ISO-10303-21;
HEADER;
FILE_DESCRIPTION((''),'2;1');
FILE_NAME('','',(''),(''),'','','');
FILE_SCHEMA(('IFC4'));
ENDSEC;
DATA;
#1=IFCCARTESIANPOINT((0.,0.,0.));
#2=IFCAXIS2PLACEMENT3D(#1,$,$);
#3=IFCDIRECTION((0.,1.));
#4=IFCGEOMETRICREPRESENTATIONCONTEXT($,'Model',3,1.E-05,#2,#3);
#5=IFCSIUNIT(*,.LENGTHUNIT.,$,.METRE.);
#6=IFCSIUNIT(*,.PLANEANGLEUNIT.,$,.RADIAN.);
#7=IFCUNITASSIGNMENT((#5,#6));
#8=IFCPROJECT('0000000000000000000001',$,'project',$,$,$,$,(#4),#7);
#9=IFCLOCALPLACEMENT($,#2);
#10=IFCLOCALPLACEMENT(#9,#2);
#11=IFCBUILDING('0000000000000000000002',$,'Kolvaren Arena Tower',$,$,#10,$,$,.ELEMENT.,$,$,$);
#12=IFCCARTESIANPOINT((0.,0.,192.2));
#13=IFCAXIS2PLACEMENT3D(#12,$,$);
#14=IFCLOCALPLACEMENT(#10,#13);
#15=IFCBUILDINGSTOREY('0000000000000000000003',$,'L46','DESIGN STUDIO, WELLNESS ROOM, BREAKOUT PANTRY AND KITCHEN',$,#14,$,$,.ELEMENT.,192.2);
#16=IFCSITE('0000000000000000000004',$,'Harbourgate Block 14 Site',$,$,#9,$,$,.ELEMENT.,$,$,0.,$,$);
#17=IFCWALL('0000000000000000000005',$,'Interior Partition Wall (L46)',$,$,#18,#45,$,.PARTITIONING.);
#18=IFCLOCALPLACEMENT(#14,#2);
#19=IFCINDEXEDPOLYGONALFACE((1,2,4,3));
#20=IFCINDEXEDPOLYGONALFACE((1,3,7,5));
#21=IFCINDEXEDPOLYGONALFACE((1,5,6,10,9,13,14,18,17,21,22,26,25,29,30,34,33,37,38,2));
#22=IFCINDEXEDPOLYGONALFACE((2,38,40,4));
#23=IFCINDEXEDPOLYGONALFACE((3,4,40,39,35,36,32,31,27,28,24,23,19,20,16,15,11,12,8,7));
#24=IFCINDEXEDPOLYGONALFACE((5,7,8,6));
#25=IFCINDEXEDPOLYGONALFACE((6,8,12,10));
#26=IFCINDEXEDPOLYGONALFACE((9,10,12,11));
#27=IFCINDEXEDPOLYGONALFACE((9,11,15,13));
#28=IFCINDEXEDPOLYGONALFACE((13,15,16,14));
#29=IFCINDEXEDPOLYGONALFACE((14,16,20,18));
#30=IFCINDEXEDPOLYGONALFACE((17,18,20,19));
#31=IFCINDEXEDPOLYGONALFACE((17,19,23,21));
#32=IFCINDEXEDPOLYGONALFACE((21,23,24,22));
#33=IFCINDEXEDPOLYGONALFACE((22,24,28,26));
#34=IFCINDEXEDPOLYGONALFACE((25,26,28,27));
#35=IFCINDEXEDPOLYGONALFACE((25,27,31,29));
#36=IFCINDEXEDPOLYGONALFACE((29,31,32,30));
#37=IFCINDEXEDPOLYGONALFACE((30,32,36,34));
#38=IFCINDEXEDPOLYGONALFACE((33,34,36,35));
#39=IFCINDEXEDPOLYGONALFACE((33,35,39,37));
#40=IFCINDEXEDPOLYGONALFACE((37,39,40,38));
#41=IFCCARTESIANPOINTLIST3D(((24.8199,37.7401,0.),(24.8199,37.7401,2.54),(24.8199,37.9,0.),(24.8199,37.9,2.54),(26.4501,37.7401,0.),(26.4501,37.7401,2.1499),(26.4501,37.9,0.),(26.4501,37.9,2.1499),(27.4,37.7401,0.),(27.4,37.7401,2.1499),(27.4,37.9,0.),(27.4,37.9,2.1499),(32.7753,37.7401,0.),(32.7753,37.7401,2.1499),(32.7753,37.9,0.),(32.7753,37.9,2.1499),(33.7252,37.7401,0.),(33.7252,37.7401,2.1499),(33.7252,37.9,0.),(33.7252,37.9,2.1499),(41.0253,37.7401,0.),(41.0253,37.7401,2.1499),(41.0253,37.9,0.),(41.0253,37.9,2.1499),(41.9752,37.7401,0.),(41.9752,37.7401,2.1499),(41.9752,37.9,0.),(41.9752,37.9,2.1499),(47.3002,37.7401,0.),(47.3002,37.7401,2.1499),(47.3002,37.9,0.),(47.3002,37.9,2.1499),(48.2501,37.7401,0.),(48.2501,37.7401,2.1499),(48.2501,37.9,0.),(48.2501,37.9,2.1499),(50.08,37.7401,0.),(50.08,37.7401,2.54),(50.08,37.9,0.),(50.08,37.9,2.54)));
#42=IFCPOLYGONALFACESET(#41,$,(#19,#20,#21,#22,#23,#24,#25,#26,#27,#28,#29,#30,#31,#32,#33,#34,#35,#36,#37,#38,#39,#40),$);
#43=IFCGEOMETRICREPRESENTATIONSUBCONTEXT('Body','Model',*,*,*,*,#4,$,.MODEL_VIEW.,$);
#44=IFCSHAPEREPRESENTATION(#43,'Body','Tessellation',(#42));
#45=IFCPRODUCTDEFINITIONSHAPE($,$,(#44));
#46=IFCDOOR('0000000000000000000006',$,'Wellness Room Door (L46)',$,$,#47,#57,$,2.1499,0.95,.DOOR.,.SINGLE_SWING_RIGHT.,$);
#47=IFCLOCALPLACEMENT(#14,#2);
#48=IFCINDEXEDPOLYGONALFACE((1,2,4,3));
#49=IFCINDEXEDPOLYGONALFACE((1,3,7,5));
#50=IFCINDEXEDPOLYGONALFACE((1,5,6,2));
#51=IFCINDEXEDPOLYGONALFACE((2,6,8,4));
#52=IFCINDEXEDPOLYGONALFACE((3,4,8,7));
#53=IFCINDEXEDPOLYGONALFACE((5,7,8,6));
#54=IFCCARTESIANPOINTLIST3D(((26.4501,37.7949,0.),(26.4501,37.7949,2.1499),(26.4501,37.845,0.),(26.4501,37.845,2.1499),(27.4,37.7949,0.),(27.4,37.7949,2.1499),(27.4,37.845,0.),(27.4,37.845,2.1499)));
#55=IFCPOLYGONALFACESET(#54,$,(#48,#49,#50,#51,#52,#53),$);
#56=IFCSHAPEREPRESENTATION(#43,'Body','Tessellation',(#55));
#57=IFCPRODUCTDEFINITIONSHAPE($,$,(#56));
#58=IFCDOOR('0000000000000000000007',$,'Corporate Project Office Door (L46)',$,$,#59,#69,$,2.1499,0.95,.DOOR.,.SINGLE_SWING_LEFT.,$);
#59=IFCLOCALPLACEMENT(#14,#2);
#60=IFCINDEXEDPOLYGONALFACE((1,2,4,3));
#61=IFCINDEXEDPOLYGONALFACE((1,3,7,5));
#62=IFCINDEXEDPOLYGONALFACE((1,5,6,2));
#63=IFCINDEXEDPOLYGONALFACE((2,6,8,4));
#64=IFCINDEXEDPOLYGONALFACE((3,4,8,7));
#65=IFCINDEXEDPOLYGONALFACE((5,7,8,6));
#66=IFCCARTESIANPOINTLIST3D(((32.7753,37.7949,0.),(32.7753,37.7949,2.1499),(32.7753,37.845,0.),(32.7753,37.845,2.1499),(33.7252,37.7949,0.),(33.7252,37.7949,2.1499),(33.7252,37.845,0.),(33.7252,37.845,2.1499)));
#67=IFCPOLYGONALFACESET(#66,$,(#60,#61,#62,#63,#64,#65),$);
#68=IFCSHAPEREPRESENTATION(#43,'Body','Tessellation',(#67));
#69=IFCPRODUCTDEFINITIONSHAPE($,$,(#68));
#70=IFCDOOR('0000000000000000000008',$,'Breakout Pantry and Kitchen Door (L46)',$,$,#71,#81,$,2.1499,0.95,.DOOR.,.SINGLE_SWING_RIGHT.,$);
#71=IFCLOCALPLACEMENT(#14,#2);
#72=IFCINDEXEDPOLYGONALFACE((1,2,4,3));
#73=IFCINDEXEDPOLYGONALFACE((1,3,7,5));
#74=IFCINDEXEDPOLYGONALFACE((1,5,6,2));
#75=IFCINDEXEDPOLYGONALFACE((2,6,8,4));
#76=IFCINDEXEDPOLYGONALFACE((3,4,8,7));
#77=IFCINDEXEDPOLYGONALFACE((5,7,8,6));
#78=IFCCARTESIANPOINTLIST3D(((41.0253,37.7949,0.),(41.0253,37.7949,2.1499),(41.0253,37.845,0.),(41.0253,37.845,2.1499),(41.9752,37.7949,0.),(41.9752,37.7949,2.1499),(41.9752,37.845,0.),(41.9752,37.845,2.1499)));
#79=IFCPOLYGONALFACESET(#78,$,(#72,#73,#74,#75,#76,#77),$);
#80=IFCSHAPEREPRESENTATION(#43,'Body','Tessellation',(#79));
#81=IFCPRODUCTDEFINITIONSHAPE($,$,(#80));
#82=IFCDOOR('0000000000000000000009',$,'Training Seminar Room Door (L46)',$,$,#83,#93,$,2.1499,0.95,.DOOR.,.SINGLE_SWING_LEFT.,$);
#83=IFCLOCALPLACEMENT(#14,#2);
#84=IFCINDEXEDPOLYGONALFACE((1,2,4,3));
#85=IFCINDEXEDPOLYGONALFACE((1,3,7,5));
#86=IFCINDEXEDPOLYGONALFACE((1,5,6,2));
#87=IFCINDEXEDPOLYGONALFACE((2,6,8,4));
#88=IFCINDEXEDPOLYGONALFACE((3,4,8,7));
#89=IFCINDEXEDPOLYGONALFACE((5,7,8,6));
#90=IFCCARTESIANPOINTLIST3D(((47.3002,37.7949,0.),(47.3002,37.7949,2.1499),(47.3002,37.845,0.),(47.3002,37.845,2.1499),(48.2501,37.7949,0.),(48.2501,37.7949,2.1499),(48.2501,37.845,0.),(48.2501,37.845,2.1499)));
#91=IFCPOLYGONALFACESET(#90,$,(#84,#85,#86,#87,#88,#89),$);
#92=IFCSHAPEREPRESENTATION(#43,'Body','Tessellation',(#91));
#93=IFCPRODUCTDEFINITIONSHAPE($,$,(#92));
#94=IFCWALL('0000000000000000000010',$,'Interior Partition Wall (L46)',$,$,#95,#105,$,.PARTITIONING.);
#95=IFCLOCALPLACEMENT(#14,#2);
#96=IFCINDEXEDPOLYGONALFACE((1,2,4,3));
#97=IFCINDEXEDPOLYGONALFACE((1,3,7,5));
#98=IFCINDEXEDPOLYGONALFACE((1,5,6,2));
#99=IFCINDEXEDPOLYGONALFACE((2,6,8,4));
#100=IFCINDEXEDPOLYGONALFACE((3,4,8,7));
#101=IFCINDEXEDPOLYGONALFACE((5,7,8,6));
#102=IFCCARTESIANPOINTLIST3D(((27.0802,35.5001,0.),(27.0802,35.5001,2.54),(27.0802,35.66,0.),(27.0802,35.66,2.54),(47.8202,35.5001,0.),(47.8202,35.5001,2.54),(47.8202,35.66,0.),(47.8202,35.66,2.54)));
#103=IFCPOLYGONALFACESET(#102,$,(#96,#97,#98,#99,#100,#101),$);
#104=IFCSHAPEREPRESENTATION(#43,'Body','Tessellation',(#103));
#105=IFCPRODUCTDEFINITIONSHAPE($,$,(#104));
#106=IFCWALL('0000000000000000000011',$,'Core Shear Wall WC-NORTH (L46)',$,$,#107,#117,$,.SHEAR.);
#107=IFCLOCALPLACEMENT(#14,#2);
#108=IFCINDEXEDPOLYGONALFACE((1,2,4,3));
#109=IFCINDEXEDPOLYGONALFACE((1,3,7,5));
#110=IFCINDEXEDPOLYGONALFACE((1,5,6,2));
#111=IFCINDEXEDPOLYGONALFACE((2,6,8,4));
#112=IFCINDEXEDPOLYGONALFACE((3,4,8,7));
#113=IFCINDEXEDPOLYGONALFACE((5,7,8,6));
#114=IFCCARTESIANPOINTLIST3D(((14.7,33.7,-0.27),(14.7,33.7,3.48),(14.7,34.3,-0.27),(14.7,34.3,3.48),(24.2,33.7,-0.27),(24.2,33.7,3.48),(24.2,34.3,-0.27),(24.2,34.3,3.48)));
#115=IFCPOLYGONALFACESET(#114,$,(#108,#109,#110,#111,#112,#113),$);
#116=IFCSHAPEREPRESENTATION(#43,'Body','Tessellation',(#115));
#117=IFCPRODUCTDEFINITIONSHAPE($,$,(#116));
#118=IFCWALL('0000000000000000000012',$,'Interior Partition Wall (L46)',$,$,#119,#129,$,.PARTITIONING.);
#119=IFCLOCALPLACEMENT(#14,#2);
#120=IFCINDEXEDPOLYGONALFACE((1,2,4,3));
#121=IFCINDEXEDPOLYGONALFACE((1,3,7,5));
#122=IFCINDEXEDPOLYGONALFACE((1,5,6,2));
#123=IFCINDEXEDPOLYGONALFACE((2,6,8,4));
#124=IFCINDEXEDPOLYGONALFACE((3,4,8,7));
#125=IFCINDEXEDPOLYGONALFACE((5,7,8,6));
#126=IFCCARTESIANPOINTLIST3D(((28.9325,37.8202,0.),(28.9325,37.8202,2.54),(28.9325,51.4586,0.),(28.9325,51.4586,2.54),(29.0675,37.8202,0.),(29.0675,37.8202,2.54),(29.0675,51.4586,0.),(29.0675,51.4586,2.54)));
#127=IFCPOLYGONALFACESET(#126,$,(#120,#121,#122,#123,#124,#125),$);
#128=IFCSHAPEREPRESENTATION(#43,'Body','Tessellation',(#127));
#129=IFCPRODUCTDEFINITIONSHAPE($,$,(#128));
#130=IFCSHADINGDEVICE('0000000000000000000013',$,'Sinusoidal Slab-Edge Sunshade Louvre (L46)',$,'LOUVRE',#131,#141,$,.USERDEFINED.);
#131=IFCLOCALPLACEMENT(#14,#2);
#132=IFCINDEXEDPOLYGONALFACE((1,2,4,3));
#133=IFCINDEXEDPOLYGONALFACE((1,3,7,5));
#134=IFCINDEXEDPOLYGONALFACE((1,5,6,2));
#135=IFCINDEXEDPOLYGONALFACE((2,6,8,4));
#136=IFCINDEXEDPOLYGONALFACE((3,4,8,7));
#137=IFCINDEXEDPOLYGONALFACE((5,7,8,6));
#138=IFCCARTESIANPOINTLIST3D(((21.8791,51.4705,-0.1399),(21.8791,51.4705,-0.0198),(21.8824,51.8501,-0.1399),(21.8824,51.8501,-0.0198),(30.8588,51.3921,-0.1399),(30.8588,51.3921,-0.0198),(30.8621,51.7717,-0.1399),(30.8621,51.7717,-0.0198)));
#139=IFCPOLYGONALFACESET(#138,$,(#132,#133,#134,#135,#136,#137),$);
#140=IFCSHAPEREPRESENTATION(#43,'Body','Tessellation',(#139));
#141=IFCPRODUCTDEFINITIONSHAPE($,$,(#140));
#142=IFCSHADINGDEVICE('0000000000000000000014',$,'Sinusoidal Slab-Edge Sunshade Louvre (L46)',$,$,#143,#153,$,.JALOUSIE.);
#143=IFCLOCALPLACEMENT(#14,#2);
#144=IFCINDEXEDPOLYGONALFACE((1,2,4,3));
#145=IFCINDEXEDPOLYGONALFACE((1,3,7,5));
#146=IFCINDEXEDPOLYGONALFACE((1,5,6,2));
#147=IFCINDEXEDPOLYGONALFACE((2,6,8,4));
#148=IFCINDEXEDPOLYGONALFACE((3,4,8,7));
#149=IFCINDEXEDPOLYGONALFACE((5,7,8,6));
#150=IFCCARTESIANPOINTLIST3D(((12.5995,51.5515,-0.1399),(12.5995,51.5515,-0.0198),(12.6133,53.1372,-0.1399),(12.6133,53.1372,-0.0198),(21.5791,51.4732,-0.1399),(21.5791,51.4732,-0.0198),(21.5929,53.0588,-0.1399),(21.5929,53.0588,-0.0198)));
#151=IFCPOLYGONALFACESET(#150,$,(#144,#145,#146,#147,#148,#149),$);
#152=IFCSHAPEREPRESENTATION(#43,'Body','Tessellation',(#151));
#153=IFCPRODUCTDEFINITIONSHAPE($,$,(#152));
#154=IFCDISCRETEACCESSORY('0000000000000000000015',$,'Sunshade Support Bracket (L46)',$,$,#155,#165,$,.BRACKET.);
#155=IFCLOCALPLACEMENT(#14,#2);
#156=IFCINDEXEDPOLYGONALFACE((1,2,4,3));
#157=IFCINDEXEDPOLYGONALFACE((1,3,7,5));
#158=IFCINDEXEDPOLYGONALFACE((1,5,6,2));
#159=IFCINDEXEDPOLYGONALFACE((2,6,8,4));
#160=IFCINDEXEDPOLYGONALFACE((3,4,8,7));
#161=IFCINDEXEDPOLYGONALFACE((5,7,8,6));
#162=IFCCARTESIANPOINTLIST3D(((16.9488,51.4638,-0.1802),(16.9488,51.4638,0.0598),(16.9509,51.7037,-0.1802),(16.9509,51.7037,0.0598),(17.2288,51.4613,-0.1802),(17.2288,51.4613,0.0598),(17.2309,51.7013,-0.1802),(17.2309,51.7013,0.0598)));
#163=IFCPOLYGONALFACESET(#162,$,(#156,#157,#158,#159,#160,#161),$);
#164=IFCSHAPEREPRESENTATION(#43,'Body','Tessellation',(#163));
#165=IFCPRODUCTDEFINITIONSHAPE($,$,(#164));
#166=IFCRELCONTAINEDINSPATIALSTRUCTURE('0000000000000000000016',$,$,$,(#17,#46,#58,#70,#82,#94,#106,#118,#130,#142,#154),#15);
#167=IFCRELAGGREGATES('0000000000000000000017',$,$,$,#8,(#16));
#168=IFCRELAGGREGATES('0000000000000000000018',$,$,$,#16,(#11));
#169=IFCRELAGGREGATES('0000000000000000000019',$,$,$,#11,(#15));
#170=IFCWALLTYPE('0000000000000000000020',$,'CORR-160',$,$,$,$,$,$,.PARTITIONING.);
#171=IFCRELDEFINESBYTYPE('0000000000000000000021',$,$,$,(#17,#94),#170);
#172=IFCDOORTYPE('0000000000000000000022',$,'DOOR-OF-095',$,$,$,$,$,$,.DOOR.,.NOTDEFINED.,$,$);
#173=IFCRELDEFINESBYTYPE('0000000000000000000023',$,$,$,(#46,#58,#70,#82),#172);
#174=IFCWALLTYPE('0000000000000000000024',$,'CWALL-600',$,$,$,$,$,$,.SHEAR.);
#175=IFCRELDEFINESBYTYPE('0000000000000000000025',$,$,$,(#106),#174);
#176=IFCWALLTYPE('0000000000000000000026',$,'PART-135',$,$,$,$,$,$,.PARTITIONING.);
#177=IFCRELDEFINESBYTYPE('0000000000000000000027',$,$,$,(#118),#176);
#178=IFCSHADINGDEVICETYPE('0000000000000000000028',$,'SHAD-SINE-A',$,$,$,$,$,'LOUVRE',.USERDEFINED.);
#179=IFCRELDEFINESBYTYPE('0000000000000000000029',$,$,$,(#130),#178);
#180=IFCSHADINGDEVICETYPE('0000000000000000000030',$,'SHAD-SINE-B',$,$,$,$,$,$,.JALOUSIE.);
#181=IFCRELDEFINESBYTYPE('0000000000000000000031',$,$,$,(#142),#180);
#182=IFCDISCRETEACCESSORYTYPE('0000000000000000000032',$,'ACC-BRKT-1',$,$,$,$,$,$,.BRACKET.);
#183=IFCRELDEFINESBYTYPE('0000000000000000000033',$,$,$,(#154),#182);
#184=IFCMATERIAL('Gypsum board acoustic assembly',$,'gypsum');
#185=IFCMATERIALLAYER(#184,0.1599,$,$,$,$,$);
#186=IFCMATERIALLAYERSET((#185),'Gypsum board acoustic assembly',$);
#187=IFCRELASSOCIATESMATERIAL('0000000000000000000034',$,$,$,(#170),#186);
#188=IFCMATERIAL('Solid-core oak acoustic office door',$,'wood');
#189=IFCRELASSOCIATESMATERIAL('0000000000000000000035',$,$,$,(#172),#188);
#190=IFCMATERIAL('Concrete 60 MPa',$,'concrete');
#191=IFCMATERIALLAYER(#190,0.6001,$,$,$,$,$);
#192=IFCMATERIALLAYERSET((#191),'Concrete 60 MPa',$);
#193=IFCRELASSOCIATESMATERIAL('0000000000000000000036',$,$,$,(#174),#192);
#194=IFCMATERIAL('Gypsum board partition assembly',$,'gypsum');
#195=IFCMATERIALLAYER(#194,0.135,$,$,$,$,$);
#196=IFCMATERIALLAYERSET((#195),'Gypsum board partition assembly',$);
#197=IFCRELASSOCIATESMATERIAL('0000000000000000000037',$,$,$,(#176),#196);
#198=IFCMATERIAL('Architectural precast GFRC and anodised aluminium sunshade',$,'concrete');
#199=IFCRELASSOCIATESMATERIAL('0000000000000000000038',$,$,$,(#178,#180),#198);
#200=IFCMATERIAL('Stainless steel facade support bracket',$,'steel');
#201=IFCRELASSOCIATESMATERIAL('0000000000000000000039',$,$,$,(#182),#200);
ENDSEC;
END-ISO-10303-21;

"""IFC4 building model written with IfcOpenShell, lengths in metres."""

from ifc_helpers import new_model, si_unit, direction, frame, frame_2d, origin, origin_2d, place, context, subcontext, project, spatial, rectangle, extrude, material, layer, layer_set, type_object, element, fill, save


model = new_model("IFC4")

# Units and contexts
model_context = context("Model", 3, precision=1e-05, world=origin(), true_north=direction((0.0, 1.0)))
body_context = subcontext(model_context, "Body", "Model", "MODEL_VIEW")
ifc_project = project(units=[si_unit("LENGTHUNIT", "METRE"), si_unit("PLANEANGLEUNIT", "RADIAN")], contexts=[model_context])

# Site, building, storey
site_placement = place(None, origin())
site = spatial("IfcSite", under=ifc_project, at=site_placement, Name="Harbourgate Block 14 Site", CompositionType="ELEMENT", RefElevation=0.0)
building_placement = place(site_placement, origin())
building = spatial("IfcBuilding", under=site, at=building_placement, Name="Kolvaren Arena Tower", CompositionType="ELEMENT")
storey_placement = place(building_placement, frame((0.0, 0.0, 192.2)))
storey = spatial("IfcBuildingStorey", under=building, at=storey_placement, Name="L46", Description="DESIGN STUDIO, WELLNESS ROOM, BREAKOUT PANTRY AND KITCHEN", CompositionType="ELEMENT", Elevation=192.2)

# Shared definitions
ifc_material_1 = material(Name="Gypsum board acoustic assembly", Category="gypsum")
ifc_layer_1 = layer(ifc_material_1, 0.1599)
ifc_layer_set_1 = layer_set([ifc_layer_1], Name="Gypsum board acoustic assembly")
wall_type_1 = type_object("IfcWallType", Name="CORR-160", PredefinedType="PARTITIONING", material=ifc_layer_set_1)

# Wall, openings, doors
wall_1_placement = place(storey_placement, frame((24.8201, 37.8201, 0.0), z_axis=(0.0, 0.0, 1.0), x_axis=(1.0, 0.0, 0.0)))
wall_1 = element("IfcWall", 1, at=wall_1_placement, inside=storey, type_object=wall_type_1, Name="Interior Partition Wall (L46)", PredefinedType="PARTITIONING", context=body_context, shape_type="SweptSolid", body=[
    extrude(rectangle(XDim=25.26, YDim=0.1599, at=frame_2d((12.6299, 0.0))), origin(), (0.0, 0.0, 1.0), 2.54),
])
opening_1_placement = place(wall_1_placement, frame((1.6299, 0.0, 0.0)))
opening_1 = element("IfcOpeningElement", 2, at=opening_1_placement, cuts=wall_1, PredefinedType="OPENING", context=body_context, shape_type="SweptSolid", body=[
    extrude(rectangle(XDim=0.95, YDim=2.1499, at=frame_2d((0.4751, 1.075))), frame((0.0, 0.0898, 0.0), z_axis=(0.0, -1.0, 0.0), x_axis=(1.0, 0.0, 0.0)), (0.0, 0.0, 1.0), 0.1799),
])
opening_2_placement = place(wall_1_placement, frame((7.9551, 0.0, 0.0)))
opening_2 = element("IfcOpeningElement", 3, at=opening_2_placement, cuts=wall_1, PredefinedType="OPENING", context=body_context, shape_type="SweptSolid", body=[
    extrude(rectangle(XDim=0.95, YDim=2.1499, at=frame_2d((0.4751, 1.075))), frame((0.0, 0.0898, 0.0), z_axis=(0.0, -1.0, 0.0), x_axis=(1.0, 0.0, 0.0)), (0.0, 0.0, 1.0), 0.1799),
])
opening_3_placement = place(wall_1_placement, frame((16.2051, 0.0, 0.0)))
opening_3 = element("IfcOpeningElement", 4, at=opening_3_placement, cuts=wall_1, PredefinedType="OPENING", context=body_context, shape_type="SweptSolid", body=[
    extrude(rectangle(XDim=0.95, YDim=2.1499, at=frame_2d((0.4751, 1.075))), frame((0.0, 0.0898, 0.0), z_axis=(0.0, -1.0, 0.0), x_axis=(1.0, 0.0, 0.0)), (0.0, 0.0, 1.0), 0.1799),
])
opening_4_placement = place(wall_1_placement, frame((22.48, 0.0, 0.0)))
opening_4 = element("IfcOpeningElement", 5, at=opening_4_placement, cuts=wall_1, PredefinedType="OPENING", context=body_context, shape_type="SweptSolid", body=[
    extrude(rectangle(XDim=0.95, YDim=2.1499, at=frame_2d((0.4751, 1.075))), frame((0.0, 0.0898, 0.0), z_axis=(0.0, -1.0, 0.0), x_axis=(1.0, 0.0, 0.0)), (0.0, 0.0, 1.0), 0.1799),
])
ifc_material_2 = material(Name="Solid-core oak acoustic office door", Category="wood")
door_type = type_object("IfcDoorType", Name="DOOR-OF-095", OperationType="NOTDEFINED", PredefinedType="DOOR", material=ifc_material_2)
door_1_placement = place(opening_1_placement, origin())
door_1 = element("IfcDoor", 6, at=door_1_placement, inside=storey, type_object=door_type, Name="Wellness Room Door (L46)", OperationType="SINGLE_SWING_RIGHT", OverallHeight=2.1499, OverallWidth=0.95, PredefinedType="DOOR", context=body_context, shape_type="SweptSolid", body=[
    extrude(rectangle(XDim=0.95, YDim=2.1499, at=frame_2d((0.4751, 1.075))), frame((0.0, 0.0249, 0.0), z_axis=(0.0, -1.0, 0.0), x_axis=(1.0, 0.0, 0.0)), (0.0, 0.0, 1.0), 0.05),
])
fill(opening_1, door_1)
door_2_placement = place(opening_2_placement, origin())
door_2 = element("IfcDoor", 7, at=door_2_placement, inside=storey, type_object=door_type, Name="Corporate Project Office Door (L46)", OperationType="SINGLE_SWING_LEFT", OverallHeight=2.1499, OverallWidth=0.95, PredefinedType="DOOR", context=body_context, shape_type="SweptSolid", body=[
    extrude(rectangle(XDim=0.95, YDim=2.1499, at=frame_2d((0.4751, 1.075))), frame((0.0, 0.0249, 0.0), z_axis=(0.0, -1.0, 0.0), x_axis=(1.0, 0.0, 0.0)), (0.0, 0.0, 1.0), 0.05),
])
fill(opening_2, door_2)
door_3_placement = place(opening_3_placement, origin())
door_3 = element("IfcDoor", 8, at=door_3_placement, inside=storey, type_object=door_type, Name="Breakout Pantry and Kitchen Door (L46)", OperationType="SINGLE_SWING_RIGHT", OverallHeight=2.1499, OverallWidth=0.95, PredefinedType="DOOR", context=body_context, shape_type="SweptSolid", body=[
    extrude(rectangle(XDim=0.95, YDim=2.1499, at=frame_2d((0.4751, 1.075))), frame((0.0, 0.0249, 0.0), z_axis=(0.0, -1.0, 0.0), x_axis=(1.0, 0.0, 0.0)), (0.0, 0.0, 1.0), 0.05),
])
fill(opening_3, door_3)
door_4_placement = place(opening_4_placement, origin())
door_4 = element("IfcDoor", 9, at=door_4_placement, inside=storey, type_object=door_type, Name="Training Seminar Room Door (L46)", OperationType="SINGLE_SWING_LEFT", OverallHeight=2.1499, OverallWidth=0.95, PredefinedType="DOOR", context=body_context, shape_type="SweptSolid", body=[
    extrude(rectangle(XDim=0.95, YDim=2.1499, at=frame_2d((0.4751, 1.075))), frame((0.0, 0.0249, 0.0), z_axis=(0.0, -1.0, 0.0), x_axis=(1.0, 0.0, 0.0)), (0.0, 0.0, 1.0), 0.05),
])
fill(opening_4, door_4)

# Walls
wall_2_placement = place(storey_placement, frame((27.0801, 35.5801, 0.0), z_axis=(0.0, 0.0, 1.0), x_axis=(1.0, 0.0, 0.0)))
element("IfcWall", 10, at=wall_2_placement, inside=storey, type_object=wall_type_1, Name="Interior Partition Wall (L46)", PredefinedType="PARTITIONING", context=body_context, shape_type="SweptSolid", body=[
    extrude(rectangle(XDim=20.74, YDim=0.1599, at=frame_2d((10.3701, 0.0))), origin(), (0.0, 0.0, 1.0), 2.54),
])
ifc_material_3 = material(Name="Concrete 60 MPa", Category="concrete")
ifc_layer_2 = layer(ifc_material_3, 0.6001)
ifc_layer_set_2 = layer_set([ifc_layer_2], Name="Concrete 60 MPa")
wall_type_2 = type_object("IfcWallType", Name="CWALL-600", PredefinedType="SHEAR", material=ifc_layer_set_2)
wall_3_placement = place(storey_placement, frame((14.7, 34.0, -0.27), z_axis=(0.0, 0.0, 1.0), x_axis=(1.0, 0.0, 0.0)))
element("IfcWall", 11, at=wall_3_placement, inside=storey, type_object=wall_type_2, Name="Core Shear Wall WC-NORTH (L46)", PredefinedType="SHEAR", context=body_context, shape_type="SweptSolid", body=[
    extrude(rectangle(XDim=9.5, YDim=0.6001, at=frame_2d((4.75, 0.0))), origin(), (0.0, 0.0, 1.0), 3.75),
])
ifc_material_4 = material(Name="Gypsum board partition assembly", Category="gypsum")
ifc_layer_3 = layer(ifc_material_4, 0.135)
ifc_layer_set_3 = layer_set([ifc_layer_3], Name="Gypsum board partition assembly")
wall_type_3 = type_object("IfcWallType", Name="PART-135", PredefinedType="PARTITIONING", material=ifc_layer_set_3)
wall_4_placement = place(storey_placement, frame((29.0, 37.8201, 0.0), z_axis=(0.0, 0.0, 1.0), x_axis=(0.0, 1.0, 0.0)))
element("IfcWall", 12, at=wall_4_placement, inside=storey, type_object=wall_type_3, Name="Interior Partition Wall (L46)", PredefinedType="PARTITIONING", context=body_context, shape_type="SweptSolid", body=[
    extrude(rectangle(XDim=13.6384, YDim=0.135, at=frame_2d((6.8193, 0.0))), origin(), (0.0, 0.0, 1.0), 2.54),
])

# Shading devices
ifc_material_5 = material(Name="Architectural precast GFRC and anodised aluminium sunshade", Category="concrete")
shading_device_type_1 = type_object("IfcShadingDeviceType", Name="SHAD-SINE-A", ElementType="LOUVRE", PredefinedType="USERDEFINED", material=ifc_material_5)
shading_device_1_placement = place(storey_placement, frame((26.3706, 51.6211, -0.1399), z_axis=(0.0, 0.0, 1.0), x_axis=(0.999962, -0.008727, 0.0)))
element("IfcShadingDevice", 13, at=shading_device_1_placement, inside=storey, type_object=shading_device_type_1, Name="Sinusoidal Slab-Edge Sunshade Louvre (L46)", ObjectType="LOUVRE", PredefinedType="USERDEFINED", context=body_context, shape_type="SweptSolid", body=[
    extrude(rectangle(XDim=8.98, YDim=0.3796, at=origin_2d()), origin(), (0.0, 0.0, 1.0), 0.1201),
])
shading_device_type_2 = type_object("IfcShadingDeviceType", Name="SHAD-SINE-B", PredefinedType="JALOUSIE", material=ifc_material_5)
shading_device_2_placement = place(storey_placement, frame((17.0962, 52.3052, -0.1399), z_axis=(0.0, 0.0, 1.0), x_axis=(0.999962, -0.008727, 0.0)))
element("IfcShadingDevice", 14, at=shading_device_2_placement, inside=storey, type_object=shading_device_type_2, Name="Sinusoidal Slab-Edge Sunshade Louvre (L46)", PredefinedType="JALOUSIE", context=body_context, shape_type="SweptSolid", body=[
    extrude(rectangle(XDim=8.98, YDim=1.5857, at=origin_2d()), origin(), (0.0, 0.0, 1.0), 0.1201),
])

# Discrete accessory
ifc_material_6 = material(Name="Stainless steel facade support bracket", Category="steel")
discrete_accessory_type = type_object("IfcDiscreteAccessoryType", Name="ACC-BRKT-1", PredefinedType="BRACKET", material=ifc_material_6)
for number, where, z_axis, x_axis, name in (
    (15, (17.0898, 51.5825, -0.1802), (0.0, 0.0, 1.0), (0.999962, -0.008727, 0.0), "Sunshade Support Bracket (L46)"),
):
    element("IfcDiscreteAccessory", number, at=place(storey_placement, frame(where, z_axis=z_axis, x_axis=x_axis)), inside=storey, type_object=discrete_accessory_type, Name=name, PredefinedType="BRACKET", context=body_context, shape_type="SweptSolid", body=[
        extrude(rectangle(XDim=0.28, YDim=0.24, at=origin_2d()), origin(), (0.0, 0.0, 1.0), 0.24),
    ])

save(model, "model.ifc")
